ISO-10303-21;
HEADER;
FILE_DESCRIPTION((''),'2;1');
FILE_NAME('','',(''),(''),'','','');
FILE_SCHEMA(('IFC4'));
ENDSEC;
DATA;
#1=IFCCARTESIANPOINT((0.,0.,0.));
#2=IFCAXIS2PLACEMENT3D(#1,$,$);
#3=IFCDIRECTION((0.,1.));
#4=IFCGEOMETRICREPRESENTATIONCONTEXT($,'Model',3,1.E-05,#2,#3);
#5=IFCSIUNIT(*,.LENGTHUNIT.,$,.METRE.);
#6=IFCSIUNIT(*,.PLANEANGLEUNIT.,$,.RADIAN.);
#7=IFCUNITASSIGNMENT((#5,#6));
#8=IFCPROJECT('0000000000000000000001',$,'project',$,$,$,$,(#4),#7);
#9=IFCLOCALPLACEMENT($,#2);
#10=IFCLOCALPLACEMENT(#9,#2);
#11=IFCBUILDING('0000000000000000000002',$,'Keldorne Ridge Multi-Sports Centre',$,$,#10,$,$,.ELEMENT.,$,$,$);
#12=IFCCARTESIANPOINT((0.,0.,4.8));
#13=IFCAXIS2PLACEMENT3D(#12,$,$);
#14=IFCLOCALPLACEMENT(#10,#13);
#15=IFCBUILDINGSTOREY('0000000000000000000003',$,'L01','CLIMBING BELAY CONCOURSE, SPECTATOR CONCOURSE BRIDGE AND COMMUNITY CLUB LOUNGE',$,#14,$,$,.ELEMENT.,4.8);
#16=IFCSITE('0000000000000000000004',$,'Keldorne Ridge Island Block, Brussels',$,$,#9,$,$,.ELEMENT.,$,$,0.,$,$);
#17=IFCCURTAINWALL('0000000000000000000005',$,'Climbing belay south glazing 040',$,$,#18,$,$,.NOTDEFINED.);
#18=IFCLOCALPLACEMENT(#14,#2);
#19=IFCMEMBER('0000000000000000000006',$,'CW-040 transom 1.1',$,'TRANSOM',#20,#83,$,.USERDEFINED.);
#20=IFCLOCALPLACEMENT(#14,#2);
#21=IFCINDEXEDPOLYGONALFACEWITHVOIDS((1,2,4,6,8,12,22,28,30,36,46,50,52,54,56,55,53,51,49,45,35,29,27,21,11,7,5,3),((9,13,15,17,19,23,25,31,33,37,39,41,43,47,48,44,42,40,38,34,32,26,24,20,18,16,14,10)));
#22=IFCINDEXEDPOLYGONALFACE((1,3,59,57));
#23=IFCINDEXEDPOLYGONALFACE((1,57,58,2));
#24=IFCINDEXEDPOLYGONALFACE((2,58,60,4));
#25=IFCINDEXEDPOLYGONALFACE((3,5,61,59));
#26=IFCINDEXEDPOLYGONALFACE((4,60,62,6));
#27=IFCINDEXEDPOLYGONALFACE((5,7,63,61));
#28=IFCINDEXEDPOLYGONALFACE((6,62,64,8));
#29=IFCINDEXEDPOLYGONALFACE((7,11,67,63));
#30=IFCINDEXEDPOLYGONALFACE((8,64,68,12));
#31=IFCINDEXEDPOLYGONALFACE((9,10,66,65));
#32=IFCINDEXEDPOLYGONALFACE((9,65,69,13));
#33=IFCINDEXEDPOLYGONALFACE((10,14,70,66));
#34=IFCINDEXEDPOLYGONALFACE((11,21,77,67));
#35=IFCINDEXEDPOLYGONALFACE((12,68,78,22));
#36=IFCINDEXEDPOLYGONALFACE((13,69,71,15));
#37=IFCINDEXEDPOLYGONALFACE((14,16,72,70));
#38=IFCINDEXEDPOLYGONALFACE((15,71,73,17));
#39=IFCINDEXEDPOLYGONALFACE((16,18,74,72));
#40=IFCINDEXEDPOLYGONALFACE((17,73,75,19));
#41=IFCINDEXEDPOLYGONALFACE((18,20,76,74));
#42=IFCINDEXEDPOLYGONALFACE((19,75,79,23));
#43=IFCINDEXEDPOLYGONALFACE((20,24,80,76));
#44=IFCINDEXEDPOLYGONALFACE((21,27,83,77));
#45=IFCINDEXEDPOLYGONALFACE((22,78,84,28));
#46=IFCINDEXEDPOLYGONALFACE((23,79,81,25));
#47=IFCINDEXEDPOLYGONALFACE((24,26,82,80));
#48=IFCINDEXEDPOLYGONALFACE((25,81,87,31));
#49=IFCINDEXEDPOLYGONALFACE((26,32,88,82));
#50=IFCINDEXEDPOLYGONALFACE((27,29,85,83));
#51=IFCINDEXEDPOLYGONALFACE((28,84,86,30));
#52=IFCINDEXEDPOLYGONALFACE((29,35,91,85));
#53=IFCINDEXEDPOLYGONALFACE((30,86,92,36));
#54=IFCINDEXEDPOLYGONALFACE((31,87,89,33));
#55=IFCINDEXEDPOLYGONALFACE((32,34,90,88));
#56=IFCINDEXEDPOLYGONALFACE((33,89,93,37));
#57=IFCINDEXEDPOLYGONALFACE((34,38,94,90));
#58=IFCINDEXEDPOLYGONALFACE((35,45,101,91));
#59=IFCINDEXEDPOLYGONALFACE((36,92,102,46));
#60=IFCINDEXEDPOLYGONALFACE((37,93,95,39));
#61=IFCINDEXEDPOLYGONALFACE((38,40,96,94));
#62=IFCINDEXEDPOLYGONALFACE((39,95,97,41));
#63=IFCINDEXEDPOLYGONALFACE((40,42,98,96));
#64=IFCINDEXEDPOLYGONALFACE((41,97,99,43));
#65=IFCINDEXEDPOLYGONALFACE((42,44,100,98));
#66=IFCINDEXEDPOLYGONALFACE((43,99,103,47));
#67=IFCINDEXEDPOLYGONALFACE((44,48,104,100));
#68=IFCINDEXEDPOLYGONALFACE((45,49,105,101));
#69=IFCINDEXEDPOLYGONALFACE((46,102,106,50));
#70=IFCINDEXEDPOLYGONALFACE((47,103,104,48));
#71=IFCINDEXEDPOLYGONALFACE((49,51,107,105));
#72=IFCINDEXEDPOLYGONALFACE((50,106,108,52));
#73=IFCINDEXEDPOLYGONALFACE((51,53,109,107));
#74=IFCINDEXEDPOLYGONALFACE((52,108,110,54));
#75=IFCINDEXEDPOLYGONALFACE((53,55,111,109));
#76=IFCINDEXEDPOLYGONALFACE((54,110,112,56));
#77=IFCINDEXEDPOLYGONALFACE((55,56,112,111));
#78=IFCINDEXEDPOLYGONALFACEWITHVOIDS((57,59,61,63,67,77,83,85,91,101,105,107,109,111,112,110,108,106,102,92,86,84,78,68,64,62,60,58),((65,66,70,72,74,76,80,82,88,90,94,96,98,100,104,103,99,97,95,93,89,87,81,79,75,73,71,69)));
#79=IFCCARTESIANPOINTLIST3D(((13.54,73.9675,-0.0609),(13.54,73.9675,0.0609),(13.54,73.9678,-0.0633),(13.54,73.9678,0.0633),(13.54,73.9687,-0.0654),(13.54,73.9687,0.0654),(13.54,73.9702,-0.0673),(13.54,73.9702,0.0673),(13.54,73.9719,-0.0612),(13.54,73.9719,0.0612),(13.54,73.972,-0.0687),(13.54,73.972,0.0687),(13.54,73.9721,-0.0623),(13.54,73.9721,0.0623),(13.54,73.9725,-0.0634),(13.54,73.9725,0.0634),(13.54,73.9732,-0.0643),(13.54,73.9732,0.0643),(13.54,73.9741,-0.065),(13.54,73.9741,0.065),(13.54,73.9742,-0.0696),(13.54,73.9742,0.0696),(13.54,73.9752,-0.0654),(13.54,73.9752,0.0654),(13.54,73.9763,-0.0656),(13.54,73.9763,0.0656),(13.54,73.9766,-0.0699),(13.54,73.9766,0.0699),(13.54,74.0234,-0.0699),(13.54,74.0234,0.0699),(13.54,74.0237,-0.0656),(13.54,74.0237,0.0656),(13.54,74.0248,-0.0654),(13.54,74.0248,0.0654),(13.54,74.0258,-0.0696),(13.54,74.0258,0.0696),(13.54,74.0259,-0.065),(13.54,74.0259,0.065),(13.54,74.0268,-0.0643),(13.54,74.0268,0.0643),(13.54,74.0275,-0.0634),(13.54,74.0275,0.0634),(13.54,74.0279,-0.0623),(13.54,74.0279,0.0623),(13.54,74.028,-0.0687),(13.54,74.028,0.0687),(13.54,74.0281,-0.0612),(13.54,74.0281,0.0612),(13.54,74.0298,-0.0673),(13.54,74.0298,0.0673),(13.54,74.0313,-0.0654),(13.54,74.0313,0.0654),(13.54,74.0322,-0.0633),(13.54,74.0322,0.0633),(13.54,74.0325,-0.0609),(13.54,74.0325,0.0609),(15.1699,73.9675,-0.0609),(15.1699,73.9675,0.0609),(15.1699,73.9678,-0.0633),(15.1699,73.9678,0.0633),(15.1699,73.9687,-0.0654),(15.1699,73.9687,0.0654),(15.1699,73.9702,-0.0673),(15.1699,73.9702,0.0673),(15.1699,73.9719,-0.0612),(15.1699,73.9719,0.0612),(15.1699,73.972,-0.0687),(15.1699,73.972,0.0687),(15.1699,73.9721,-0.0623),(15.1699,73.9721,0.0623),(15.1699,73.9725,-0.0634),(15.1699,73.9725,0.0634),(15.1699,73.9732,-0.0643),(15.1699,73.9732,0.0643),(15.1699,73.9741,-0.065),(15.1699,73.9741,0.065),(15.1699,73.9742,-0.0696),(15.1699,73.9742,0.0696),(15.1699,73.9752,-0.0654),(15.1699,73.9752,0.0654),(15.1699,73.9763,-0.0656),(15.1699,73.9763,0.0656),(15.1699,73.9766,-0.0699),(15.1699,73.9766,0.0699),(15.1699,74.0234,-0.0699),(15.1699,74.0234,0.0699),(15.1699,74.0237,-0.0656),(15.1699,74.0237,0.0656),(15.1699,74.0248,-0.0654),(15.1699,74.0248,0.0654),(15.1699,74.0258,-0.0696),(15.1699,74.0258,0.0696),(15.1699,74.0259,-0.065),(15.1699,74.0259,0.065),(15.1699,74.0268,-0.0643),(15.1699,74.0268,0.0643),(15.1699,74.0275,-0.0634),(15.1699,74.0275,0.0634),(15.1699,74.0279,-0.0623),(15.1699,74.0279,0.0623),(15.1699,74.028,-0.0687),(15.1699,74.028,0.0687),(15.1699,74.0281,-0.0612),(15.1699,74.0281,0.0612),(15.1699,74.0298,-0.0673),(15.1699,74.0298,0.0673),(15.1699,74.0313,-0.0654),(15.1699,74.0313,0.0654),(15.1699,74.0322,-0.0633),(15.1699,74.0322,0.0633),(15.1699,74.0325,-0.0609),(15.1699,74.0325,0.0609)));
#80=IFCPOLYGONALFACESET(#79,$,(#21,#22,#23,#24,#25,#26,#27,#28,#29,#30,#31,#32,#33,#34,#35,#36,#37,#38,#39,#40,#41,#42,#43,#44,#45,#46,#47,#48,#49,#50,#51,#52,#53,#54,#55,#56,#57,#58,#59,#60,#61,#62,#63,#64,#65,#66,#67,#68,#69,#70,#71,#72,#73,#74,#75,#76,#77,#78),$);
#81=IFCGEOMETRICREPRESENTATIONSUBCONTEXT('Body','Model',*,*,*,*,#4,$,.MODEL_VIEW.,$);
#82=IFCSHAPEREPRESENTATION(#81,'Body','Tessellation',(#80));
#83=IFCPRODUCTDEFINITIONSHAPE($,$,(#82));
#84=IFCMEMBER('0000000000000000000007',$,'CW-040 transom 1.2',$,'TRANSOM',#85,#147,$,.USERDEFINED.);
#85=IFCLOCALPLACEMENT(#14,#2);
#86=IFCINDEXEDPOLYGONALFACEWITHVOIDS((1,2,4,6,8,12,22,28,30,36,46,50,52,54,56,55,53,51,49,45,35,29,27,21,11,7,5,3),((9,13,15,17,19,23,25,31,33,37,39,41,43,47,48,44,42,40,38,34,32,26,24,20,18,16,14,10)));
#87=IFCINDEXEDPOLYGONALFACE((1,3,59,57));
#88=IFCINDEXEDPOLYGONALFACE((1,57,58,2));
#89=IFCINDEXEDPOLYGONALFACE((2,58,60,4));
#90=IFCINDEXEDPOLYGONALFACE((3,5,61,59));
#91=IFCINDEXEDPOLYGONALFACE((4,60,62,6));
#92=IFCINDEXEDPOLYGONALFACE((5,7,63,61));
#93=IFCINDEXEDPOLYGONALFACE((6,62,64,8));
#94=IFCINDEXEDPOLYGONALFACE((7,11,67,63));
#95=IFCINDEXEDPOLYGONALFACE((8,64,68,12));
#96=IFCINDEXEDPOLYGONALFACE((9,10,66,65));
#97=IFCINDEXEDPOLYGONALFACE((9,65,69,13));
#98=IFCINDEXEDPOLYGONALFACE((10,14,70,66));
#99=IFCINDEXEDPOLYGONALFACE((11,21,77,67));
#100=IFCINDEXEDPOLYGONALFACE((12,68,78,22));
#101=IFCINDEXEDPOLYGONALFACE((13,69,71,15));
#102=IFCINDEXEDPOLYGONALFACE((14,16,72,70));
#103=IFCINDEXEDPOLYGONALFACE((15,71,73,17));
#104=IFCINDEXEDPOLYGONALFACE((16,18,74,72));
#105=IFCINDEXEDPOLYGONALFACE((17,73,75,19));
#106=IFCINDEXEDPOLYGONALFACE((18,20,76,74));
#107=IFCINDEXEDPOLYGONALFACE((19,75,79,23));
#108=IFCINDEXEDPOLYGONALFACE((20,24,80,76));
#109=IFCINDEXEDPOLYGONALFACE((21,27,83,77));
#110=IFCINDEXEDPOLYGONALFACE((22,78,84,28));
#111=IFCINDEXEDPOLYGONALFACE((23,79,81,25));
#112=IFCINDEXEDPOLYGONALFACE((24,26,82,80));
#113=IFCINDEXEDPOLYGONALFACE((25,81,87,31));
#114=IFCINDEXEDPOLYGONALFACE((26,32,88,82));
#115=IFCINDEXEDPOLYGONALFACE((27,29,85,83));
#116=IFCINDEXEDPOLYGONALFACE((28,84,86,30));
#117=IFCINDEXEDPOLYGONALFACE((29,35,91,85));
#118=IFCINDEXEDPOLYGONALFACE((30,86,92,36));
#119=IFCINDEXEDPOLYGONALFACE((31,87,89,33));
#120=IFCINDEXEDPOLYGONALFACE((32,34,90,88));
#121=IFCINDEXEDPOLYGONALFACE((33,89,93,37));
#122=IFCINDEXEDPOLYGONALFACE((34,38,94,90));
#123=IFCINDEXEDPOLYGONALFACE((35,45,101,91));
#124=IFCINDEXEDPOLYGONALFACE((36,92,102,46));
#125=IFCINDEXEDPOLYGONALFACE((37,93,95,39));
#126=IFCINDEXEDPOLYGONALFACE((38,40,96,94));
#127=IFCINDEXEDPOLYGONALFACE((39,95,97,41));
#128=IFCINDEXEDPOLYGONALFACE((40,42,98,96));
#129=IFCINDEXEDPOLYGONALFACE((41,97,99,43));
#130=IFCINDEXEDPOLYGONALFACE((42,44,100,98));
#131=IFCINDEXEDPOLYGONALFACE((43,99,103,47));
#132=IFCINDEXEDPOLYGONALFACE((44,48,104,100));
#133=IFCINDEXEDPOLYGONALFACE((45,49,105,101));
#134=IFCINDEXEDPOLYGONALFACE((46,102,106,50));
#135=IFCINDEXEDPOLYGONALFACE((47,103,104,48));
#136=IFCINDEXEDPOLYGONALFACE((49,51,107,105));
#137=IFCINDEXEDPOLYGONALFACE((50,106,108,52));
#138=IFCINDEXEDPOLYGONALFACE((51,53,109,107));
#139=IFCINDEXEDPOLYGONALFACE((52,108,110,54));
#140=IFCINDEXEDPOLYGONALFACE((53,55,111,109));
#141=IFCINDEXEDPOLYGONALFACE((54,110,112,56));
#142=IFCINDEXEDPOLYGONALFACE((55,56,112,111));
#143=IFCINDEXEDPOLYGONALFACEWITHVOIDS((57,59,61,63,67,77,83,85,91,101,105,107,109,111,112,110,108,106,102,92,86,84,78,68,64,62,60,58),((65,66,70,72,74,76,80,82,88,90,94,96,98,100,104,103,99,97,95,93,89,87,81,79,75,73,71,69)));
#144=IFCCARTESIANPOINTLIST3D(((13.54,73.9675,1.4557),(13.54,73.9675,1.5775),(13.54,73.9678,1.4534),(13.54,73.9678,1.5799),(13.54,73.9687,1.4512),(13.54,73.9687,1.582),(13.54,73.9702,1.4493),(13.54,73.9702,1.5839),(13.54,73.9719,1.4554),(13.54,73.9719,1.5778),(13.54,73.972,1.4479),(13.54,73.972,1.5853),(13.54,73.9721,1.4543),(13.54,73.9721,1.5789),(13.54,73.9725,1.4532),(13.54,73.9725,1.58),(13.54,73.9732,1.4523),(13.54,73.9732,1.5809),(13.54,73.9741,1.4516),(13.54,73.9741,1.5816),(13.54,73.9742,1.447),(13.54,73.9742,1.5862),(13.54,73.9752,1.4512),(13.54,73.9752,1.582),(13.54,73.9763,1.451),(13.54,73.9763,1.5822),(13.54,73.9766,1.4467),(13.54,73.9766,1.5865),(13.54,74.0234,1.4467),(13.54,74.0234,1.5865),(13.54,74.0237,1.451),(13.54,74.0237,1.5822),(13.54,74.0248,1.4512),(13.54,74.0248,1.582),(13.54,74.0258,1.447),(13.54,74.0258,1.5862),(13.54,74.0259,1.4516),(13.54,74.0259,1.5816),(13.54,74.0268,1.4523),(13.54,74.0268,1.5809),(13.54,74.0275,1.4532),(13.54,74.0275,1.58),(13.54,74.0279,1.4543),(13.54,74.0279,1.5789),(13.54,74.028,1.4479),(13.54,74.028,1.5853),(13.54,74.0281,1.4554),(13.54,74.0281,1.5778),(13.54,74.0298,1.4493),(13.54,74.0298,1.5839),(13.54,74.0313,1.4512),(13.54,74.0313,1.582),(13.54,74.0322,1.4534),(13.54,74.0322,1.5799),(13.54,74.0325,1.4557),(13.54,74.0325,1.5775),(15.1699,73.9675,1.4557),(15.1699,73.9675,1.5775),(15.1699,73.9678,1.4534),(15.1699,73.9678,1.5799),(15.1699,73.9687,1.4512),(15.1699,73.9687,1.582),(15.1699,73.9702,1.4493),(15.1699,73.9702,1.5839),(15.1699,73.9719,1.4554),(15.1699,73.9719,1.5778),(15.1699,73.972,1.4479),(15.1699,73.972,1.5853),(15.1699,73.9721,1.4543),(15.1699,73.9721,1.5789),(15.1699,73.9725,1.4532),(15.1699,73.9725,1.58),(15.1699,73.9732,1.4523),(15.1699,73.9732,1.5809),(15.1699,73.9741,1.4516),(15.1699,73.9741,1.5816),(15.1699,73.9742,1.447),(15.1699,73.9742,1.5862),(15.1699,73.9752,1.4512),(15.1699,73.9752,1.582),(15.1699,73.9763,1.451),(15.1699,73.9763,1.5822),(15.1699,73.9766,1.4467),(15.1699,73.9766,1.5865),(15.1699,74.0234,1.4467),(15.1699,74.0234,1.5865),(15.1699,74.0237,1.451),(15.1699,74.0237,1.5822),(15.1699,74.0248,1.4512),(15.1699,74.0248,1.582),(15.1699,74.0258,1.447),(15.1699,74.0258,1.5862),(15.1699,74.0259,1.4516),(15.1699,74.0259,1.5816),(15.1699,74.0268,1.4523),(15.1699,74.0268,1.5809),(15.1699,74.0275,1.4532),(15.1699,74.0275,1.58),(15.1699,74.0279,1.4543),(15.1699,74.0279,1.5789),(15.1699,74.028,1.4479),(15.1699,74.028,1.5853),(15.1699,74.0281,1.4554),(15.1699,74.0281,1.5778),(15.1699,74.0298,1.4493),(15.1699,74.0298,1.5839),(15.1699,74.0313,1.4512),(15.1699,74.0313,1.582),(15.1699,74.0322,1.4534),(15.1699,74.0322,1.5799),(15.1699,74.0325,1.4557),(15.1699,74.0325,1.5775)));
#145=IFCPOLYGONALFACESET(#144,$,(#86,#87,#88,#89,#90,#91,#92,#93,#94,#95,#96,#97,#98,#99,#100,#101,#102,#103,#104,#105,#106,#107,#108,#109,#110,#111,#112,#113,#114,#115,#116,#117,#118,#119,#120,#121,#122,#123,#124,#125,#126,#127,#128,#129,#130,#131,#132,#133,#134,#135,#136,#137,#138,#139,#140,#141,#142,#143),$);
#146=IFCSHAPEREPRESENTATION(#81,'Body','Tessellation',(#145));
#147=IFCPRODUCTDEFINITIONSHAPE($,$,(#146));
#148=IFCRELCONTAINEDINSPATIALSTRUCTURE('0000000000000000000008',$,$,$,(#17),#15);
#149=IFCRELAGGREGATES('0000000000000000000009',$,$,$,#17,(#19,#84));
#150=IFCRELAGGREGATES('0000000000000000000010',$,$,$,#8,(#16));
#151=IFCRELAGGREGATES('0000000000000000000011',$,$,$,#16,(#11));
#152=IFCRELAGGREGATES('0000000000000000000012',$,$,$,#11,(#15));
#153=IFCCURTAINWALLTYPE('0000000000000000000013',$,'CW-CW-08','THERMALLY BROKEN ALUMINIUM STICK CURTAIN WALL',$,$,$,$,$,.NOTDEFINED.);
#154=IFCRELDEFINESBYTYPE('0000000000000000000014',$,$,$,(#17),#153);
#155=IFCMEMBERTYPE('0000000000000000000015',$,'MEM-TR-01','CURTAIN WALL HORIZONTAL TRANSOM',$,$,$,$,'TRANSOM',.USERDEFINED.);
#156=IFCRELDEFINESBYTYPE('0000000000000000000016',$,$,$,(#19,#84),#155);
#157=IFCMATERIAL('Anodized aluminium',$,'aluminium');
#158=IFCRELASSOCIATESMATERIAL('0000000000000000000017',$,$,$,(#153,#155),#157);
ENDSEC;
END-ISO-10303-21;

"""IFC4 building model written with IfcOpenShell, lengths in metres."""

from ifc_helpers import new_model, si_unit, direction, frame, origin, origin_2d, place, context, subcontext, project, spatial, hollow_rectangle, extrude, material, material_profile, profile_set, type_object, element, aggregate, save


model = new_model("IFC4")

# Units and contexts
model_context = context("Model", 3, precision=1e-05, world=origin(), true_north=direction((0.0, 1.0)))
body_context = subcontext(model_context, "Body", "Model", "MODEL_VIEW")
ifc_project = project(units=[si_unit("LENGTHUNIT", "METRE"), si_unit("PLANEANGLEUNIT", "RADIAN")], contexts=[model_context])

# Site, building, storey
site_placement = place(None, origin())
site = spatial("IfcSite", under=ifc_project, at=site_placement, Name="Keldorne Ridge Island Block, Brussels", CompositionType="ELEMENT", RefElevation=0.0)
building_placement = place(site_placement, origin())
building = spatial("IfcBuilding", under=site, at=building_placement, Name="Keldorne Ridge Multi-Sports Centre", CompositionType="ELEMENT")
storey_placement = place(building_placement, frame((0.0, 0.0, 4.8)))
storey = spatial("IfcBuildingStorey", under=building, at=storey_placement, Name="L01", Description="CLIMBING BELAY CONCOURSE, SPECTATOR CONCOURSE BRIDGE AND COMMUNITY CLUB LOUNGE", CompositionType="ELEMENT", Elevation=4.8)

# Shared definitions
ifc_material_1 = material(Name="Anodized aluminium", Category="aluminium")

# Curtain wall
curtain_wall_type_1 = type_object("IfcCurtainWallType", Name="CW-CW-08", Description="THERMALLY BROKEN ALUMINIUM STICK CURTAIN WALL", PredefinedType="NOTDEFINED", material=ifc_material_1)
curtain_wall_1_placement = place(storey_placement, origin())
curtain_wall_1 = element("IfcCurtainWall", 1, at=curtain_wall_1_placement, inside=storey, type_object=curtain_wall_type_1, Name="Climbing belay south glazing 040", PredefinedType="NOTDEFINED")

# Members
ifc_material_profile_1 = material_profile(ifc_material_1, hollow_rectangle(XDim=0.0649, YDim=0.1399, WallThickness=0.0044, InnerFilletRadius=0.0044, OuterFilletRadius=0.009, at=origin_2d()), Name="ALU TRANSOM 140x65x4.5")
ifc_profile_set_1 = profile_set([ifc_material_profile_1], Name="Anodized aluminium")
member_type_1 = type_object("IfcMemberType", Name="MEM-TR-01", Description="CURTAIN WALL HORIZONTAL TRANSOM", ElementType="TRANSOM", PredefinedType="USERDEFINED", material=ifc_profile_set_1)
member_1_placement = place(storey_placement, frame((13.54, 74.0, 0.0), z_axis=(1.0, 0.0, 0.0), x_axis=(0.0, 1.0, 0.0)))
member_1 = element("IfcMember", 2, at=member_1_placement, type_object=member_type_1, Name="CW-040 transom 1.1", ObjectType="TRANSOM", PredefinedType="USERDEFINED", context=body_context, shape_type="SweptSolid", body=[
    extrude(hollow_rectangle(XDim=0.0649, YDim=0.1399, WallThickness=0.0044, InnerFilletRadius=0.0044, OuterFilletRadius=0.009, at=origin_2d()), origin(), (0.0, 0.0, 1.0), 1.6299),
])
member_2_placement = place(storey_placement, frame((13.54, 74.0, 1.5166), z_axis=(1.0, 0.0, 0.0), x_axis=(0.0, 1.0, 0.0)))
member_2 = element("IfcMember", 3, at=member_2_placement, type_object=member_type_1, Name="CW-040 transom 1.2", ObjectType="TRANSOM", PredefinedType="USERDEFINED", context=body_context, shape_type="SweptSolid", body=[
    extrude(hollow_rectangle(XDim=0.0649, YDim=0.1399, WallThickness=0.0044, InnerFilletRadius=0.0044, OuterFilletRadius=0.009, at=origin_2d()), origin(), (0.0, 0.0, 1.0), 1.6299),
])

aggregate(curtain_wall_1, [member_1, member_2])

save(model, "model.ifc")
